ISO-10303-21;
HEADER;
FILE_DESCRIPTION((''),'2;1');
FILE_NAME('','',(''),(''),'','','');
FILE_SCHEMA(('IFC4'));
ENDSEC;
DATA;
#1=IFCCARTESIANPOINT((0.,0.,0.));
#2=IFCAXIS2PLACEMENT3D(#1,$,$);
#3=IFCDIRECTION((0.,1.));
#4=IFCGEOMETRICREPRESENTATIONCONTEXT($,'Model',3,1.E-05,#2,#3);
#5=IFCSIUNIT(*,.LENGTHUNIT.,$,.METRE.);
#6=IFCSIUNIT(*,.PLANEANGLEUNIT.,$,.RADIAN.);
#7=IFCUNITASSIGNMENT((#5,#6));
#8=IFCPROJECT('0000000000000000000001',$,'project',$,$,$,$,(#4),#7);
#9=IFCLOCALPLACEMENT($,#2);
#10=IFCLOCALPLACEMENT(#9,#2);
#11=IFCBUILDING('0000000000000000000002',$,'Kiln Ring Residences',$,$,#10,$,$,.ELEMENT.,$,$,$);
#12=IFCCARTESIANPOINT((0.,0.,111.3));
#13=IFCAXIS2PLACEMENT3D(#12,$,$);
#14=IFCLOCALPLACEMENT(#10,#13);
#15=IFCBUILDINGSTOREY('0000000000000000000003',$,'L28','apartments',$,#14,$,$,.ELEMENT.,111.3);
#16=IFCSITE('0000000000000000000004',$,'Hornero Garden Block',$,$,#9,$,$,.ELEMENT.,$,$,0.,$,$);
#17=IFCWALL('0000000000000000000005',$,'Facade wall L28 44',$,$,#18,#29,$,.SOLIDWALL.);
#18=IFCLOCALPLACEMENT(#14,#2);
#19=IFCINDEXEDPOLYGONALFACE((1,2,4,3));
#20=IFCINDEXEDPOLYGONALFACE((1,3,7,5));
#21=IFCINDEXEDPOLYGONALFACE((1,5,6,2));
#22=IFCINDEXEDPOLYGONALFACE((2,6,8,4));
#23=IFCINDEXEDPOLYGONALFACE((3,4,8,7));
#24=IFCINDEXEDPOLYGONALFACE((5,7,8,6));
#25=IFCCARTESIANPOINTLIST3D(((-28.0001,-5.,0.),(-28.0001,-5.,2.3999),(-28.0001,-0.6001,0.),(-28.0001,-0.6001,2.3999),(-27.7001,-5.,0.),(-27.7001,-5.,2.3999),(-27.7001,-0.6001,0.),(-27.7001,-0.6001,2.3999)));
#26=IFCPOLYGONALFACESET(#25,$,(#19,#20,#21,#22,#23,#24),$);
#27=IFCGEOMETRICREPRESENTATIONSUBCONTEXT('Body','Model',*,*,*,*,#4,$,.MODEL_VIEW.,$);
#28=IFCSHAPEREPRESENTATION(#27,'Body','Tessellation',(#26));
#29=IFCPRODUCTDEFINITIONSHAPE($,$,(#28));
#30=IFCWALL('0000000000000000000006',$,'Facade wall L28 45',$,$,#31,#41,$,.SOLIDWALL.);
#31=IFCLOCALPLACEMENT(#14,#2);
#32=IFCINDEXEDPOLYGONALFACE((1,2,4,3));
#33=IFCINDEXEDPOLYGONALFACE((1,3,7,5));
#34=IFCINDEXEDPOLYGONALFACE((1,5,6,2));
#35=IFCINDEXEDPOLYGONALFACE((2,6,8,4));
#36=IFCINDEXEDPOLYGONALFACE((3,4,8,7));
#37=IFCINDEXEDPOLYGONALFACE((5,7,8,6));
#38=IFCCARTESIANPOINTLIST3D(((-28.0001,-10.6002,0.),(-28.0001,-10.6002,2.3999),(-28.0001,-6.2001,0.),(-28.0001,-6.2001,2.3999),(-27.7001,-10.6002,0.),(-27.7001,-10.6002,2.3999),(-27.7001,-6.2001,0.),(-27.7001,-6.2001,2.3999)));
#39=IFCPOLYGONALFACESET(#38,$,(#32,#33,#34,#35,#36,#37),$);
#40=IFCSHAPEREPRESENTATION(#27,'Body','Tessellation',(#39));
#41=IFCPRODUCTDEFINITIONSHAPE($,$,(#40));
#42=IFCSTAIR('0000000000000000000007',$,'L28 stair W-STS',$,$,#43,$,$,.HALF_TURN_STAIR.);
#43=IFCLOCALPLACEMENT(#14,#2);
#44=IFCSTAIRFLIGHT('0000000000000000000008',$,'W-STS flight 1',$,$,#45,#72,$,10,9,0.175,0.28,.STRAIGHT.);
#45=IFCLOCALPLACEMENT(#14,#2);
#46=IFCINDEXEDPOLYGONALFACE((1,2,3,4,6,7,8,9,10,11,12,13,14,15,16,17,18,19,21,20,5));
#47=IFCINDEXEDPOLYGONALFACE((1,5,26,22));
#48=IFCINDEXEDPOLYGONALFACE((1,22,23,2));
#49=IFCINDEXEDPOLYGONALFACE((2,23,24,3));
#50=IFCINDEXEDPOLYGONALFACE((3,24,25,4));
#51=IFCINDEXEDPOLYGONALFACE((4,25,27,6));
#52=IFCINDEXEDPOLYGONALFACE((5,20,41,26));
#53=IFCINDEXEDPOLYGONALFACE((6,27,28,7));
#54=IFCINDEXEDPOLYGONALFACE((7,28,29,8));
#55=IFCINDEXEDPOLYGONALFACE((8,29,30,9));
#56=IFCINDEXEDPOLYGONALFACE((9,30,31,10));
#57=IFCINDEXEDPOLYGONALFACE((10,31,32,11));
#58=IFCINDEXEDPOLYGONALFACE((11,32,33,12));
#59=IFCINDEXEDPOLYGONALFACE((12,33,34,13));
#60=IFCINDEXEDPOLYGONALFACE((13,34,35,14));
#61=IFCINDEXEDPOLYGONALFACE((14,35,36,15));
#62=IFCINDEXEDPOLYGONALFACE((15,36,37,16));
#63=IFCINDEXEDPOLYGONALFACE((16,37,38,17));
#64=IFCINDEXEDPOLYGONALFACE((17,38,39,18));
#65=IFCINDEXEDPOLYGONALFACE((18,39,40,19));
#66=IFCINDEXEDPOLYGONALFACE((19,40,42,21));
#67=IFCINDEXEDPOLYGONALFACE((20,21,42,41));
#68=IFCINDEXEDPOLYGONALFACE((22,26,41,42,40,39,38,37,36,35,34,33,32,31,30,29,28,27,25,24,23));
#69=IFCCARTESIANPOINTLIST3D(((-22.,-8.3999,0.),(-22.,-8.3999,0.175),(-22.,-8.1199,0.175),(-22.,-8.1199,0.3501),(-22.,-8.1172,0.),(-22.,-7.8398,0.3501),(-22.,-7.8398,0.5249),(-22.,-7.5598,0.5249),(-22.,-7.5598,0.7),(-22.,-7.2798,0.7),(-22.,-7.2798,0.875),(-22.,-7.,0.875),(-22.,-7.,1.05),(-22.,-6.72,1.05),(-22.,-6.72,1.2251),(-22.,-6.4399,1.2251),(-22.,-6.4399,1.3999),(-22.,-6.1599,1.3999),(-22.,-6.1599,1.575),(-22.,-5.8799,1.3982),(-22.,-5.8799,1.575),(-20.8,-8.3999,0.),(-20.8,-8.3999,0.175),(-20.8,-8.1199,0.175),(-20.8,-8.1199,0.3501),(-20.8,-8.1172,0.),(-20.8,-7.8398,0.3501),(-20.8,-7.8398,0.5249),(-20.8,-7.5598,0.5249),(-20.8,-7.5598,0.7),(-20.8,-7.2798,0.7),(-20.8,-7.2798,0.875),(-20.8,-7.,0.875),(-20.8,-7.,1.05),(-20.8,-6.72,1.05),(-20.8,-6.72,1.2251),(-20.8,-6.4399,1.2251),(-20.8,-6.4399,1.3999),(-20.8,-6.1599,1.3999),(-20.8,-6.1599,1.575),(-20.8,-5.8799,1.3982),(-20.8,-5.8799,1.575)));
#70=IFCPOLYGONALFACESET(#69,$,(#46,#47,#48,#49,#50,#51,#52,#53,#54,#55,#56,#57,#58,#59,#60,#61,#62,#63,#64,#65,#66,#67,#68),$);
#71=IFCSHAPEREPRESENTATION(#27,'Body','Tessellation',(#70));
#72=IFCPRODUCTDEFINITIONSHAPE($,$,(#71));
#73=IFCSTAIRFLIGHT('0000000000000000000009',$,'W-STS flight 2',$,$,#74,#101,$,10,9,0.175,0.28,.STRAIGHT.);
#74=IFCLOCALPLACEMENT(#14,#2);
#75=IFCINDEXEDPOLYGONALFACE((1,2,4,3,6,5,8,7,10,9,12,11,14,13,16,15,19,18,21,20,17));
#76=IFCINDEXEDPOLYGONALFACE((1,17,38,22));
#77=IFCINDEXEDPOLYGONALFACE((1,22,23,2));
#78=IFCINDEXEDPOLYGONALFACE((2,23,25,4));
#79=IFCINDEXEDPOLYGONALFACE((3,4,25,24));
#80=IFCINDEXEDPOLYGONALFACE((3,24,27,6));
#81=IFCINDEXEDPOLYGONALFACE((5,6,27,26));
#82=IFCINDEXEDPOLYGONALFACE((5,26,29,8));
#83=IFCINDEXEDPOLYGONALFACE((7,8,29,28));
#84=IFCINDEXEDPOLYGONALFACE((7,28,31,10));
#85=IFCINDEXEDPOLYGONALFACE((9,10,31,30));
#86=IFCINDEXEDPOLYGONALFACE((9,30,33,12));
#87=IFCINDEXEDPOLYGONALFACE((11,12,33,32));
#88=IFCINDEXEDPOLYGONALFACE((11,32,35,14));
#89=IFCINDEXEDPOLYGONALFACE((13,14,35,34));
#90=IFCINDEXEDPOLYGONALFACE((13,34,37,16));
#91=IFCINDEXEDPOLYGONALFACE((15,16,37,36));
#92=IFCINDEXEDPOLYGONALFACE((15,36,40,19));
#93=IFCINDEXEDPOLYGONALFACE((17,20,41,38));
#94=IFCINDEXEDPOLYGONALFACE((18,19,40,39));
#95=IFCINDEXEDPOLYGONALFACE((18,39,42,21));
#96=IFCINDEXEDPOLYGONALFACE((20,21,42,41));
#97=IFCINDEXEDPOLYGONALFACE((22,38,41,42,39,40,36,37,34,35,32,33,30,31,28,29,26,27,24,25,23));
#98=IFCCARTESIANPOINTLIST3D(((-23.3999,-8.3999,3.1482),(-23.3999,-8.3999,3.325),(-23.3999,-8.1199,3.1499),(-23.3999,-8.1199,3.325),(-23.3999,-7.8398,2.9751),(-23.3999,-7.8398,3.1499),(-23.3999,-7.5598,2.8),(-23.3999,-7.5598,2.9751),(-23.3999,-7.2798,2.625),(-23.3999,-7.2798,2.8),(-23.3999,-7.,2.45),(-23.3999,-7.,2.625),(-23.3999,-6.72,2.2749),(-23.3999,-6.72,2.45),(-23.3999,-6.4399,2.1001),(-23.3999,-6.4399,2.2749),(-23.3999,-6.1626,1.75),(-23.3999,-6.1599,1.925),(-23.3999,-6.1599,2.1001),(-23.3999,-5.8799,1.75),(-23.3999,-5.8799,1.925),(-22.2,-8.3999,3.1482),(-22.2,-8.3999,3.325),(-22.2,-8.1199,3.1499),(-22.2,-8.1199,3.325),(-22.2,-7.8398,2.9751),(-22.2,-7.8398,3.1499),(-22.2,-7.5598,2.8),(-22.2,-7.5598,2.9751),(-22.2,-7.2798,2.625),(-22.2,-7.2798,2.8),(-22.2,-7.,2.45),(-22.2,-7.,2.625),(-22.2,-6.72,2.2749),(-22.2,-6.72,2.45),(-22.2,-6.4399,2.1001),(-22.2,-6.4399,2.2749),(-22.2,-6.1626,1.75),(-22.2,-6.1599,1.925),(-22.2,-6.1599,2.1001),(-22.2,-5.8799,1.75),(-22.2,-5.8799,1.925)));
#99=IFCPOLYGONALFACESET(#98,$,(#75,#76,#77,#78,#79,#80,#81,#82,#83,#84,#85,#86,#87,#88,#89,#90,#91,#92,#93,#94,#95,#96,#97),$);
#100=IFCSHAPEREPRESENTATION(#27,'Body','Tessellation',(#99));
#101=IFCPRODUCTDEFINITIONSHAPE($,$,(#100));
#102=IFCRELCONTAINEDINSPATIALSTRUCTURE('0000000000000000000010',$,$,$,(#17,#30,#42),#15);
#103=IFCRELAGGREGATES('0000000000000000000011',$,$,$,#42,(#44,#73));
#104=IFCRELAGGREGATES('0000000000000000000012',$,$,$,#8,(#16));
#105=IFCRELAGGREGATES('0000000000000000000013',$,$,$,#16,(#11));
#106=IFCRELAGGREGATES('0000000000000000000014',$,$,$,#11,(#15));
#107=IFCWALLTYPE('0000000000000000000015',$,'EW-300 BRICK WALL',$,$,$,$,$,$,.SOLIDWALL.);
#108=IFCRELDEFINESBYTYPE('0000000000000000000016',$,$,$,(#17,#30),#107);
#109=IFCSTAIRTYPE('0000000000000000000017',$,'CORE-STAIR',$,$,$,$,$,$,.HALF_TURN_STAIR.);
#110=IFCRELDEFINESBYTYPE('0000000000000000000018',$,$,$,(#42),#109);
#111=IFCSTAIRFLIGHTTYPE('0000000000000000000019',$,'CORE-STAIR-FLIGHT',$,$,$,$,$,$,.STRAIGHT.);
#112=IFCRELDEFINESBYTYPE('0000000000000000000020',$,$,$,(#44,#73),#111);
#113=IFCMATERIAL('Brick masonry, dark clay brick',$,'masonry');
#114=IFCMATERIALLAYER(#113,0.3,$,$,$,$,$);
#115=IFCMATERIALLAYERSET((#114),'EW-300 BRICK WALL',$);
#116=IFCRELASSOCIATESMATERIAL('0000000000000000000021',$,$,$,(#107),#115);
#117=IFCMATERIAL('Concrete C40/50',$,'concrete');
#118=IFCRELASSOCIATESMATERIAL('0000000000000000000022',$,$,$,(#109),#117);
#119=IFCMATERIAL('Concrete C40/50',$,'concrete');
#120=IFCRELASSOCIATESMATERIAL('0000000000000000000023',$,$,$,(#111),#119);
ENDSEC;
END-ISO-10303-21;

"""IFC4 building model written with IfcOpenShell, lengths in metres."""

from ifc_helpers import new_model, si_unit, direction, frame, frame_2d, origin, place, context, subcontext, project, spatial, polyline, rectangle, outline, extrude, material, layer, layer_set, type_object, element, aggregate, save


model = new_model("IFC4")

# Units and contexts
model_context = context("Model", 3, precision=1e-05, world=origin(), true_north=direction((0.0, 1.0)))
body_context = subcontext(model_context, "Body", "Model", "MODEL_VIEW")
ifc_project = project(units=[si_unit("LENGTHUNIT", "METRE"), si_unit("PLANEANGLEUNIT", "RADIAN")], contexts=[model_context])

# Site, building, storey
site_placement = place(None, origin())
site = spatial("IfcSite", under=ifc_project, at=site_placement, Name="Hornero Garden Block", CompositionType="ELEMENT", RefElevation=0.0)
building_placement = place(site_placement, origin())
building = spatial("IfcBuilding", under=site, at=building_placement, Name="Kiln Ring Residences", CompositionType="ELEMENT")
storey_placement = place(building_placement, frame((0.0, 0.0, 111.3)))
storey = spatial("IfcBuildingStorey", under=building, at=storey_placement, Name="L28", Description="apartments", CompositionType="ELEMENT", Elevation=111.3)

# Walls
ifc_material_1 = material(Name="Brick masonry, dark clay brick", Category="masonry")
ifc_layer_1 = layer(ifc_material_1, 0.3)
ifc_layer_set_1 = layer_set([ifc_layer_1], Name="EW-300 BRICK WALL")
wall_type_1 = type_object("IfcWallType", Name="EW-300 BRICK WALL", PredefinedType="SOLIDWALL", material=ifc_layer_set_1)
wall_1_placement = place(storey_placement, frame((-27.8501, -0.6001, 0.0), z_axis=(0.0, 0.0, 1.0), x_axis=(0.0, -1.0, 0.0)))
element("IfcWall", 1, at=wall_1_placement, inside=storey, type_object=wall_type_1, Name="Facade wall L28 44", PredefinedType="SOLIDWALL", context=body_context, shape_type="SweptSolid", body=[
    extrude(rectangle(XDim=4.3999, YDim=0.3, at=frame_2d((2.2, 0.0))), origin(), (0.0, 0.0, 1.0), 2.3999),
])
wall_2_placement = place(storey_placement, frame((-27.8501, -6.2, 0.0), z_axis=(0.0, 0.0, 1.0), x_axis=(0.0, -1.0, 0.0)))
element("IfcWall", 2, at=wall_2_placement, inside=storey, type_object=wall_type_1, Name="Facade wall L28 45", PredefinedType="SOLIDWALL", context=body_context, shape_type="SweptSolid", body=[
    extrude(rectangle(XDim=4.4001, YDim=0.3, at=frame_2d((2.2002, 0.0))), origin(), (0.0, 0.0, 1.0), 2.3999),
])

# Stair, stair flights
ifc_material_2 = material(Name="Concrete C40/50", Category="concrete")
stair_type = type_object("IfcStairType", Name="CORE-STAIR", PredefinedType="HALF_TURN_STAIR", material=ifc_material_2)
stair_placement = place(storey_placement, origin())
stair = element("IfcStair", 3, at=stair_placement, inside=storey, type_object=stair_type, Name="L28 stair W-STS", PredefinedType="HALF_TURN_STAIR")
ifc_material_3 = material(Name="Concrete C40/50", Category="concrete")
stair_flight_type = type_object("IfcStairFlightType", Name="CORE-STAIR-FLIGHT", PredefinedType="STRAIGHT", material=ifc_material_3)
stair_flight_1_placement = place(storey_placement, frame((-21.3999, -8.3999, 0.0), z_axis=(0.0, 0.0, 1.0), x_axis=(0.0, 1.0, 0.0)))
stair_flight_1 = element("IfcStairFlight", 4, at=stair_flight_1_placement, type_object=stair_flight_type, Name="W-STS flight 1", NumberOfRisers=10, NumberOfTreads=9, PredefinedType="STRAIGHT", RiserHeight=0.175, TreadLength=0.28, context=body_context, shape_type="SweptSolid", body=[
    extrude(outline(polyline([(0.0, 0.0), (0.0, 0.175), (0.28, 0.175), (0.28, 0.3501), (0.5601, 0.3501), (0.5601, 0.5249), (0.8401, 0.5249), (0.8401, 0.7), (1.1201, 0.7), (1.1201, 0.875), (1.3999, 0.875), (1.3999, 1.05), (1.6799, 1.05), (1.6799, 1.2251), (1.96, 1.2251), (1.96, 1.3999), (2.24, 1.3999), (2.24, 1.575), (2.52, 1.575), (2.52, 1.75), (2.52, 1.3982), (0.2827, 0.0), (0.0, 0.0)])), frame((0.0, 0.6001, 0.0), z_axis=(0.0, -1.0, 0.0), x_axis=(1.0, 0.0, 0.0)), (0.0, 0.0, 1.0), 1.2),
])
stair_flight_2_placement = place(storey_placement, frame((-22.8, -5.8799, 1.75), z_axis=(0.0, 0.0, 1.0), x_axis=(0.0, -1.0, 0.0)))
stair_flight_2 = element("IfcStairFlight", 5, at=stair_flight_2_placement, type_object=stair_flight_type, Name="W-STS flight 2", NumberOfRisers=10, NumberOfTreads=9, PredefinedType="STRAIGHT", RiserHeight=0.175, TreadLength=0.28, context=body_context, shape_type="SweptSolid", body=[
    extrude(outline(polyline([(0.0, 0.0), (0.0, 0.175), (0.28, 0.175), (0.28, 0.3501), (0.5601, 0.3501), (0.5601, 0.5249), (0.8401, 0.5249), (0.8401, 0.7), (1.1201, 0.7), (1.1201, 0.875), (1.3999, 0.875), (1.3999, 1.05), (1.6799, 1.05), (1.6799, 1.2251), (1.96, 1.2251), (1.96, 1.3999), (2.24, 1.3999), (2.24, 1.575), (2.52, 1.575), (2.52, 1.75), (2.52, 1.3982), (0.2827, 0.0), (0.0, 0.0)])), frame((0.0, 0.6001, 0.0), z_axis=(0.0, -1.0, 0.0), x_axis=(1.0, 0.0, 0.0)), (0.0, 0.0, 1.0), 1.2),
])
aggregate(stair, [stair_flight_1, stair_flight_2])

save(model, "model.ifc")
